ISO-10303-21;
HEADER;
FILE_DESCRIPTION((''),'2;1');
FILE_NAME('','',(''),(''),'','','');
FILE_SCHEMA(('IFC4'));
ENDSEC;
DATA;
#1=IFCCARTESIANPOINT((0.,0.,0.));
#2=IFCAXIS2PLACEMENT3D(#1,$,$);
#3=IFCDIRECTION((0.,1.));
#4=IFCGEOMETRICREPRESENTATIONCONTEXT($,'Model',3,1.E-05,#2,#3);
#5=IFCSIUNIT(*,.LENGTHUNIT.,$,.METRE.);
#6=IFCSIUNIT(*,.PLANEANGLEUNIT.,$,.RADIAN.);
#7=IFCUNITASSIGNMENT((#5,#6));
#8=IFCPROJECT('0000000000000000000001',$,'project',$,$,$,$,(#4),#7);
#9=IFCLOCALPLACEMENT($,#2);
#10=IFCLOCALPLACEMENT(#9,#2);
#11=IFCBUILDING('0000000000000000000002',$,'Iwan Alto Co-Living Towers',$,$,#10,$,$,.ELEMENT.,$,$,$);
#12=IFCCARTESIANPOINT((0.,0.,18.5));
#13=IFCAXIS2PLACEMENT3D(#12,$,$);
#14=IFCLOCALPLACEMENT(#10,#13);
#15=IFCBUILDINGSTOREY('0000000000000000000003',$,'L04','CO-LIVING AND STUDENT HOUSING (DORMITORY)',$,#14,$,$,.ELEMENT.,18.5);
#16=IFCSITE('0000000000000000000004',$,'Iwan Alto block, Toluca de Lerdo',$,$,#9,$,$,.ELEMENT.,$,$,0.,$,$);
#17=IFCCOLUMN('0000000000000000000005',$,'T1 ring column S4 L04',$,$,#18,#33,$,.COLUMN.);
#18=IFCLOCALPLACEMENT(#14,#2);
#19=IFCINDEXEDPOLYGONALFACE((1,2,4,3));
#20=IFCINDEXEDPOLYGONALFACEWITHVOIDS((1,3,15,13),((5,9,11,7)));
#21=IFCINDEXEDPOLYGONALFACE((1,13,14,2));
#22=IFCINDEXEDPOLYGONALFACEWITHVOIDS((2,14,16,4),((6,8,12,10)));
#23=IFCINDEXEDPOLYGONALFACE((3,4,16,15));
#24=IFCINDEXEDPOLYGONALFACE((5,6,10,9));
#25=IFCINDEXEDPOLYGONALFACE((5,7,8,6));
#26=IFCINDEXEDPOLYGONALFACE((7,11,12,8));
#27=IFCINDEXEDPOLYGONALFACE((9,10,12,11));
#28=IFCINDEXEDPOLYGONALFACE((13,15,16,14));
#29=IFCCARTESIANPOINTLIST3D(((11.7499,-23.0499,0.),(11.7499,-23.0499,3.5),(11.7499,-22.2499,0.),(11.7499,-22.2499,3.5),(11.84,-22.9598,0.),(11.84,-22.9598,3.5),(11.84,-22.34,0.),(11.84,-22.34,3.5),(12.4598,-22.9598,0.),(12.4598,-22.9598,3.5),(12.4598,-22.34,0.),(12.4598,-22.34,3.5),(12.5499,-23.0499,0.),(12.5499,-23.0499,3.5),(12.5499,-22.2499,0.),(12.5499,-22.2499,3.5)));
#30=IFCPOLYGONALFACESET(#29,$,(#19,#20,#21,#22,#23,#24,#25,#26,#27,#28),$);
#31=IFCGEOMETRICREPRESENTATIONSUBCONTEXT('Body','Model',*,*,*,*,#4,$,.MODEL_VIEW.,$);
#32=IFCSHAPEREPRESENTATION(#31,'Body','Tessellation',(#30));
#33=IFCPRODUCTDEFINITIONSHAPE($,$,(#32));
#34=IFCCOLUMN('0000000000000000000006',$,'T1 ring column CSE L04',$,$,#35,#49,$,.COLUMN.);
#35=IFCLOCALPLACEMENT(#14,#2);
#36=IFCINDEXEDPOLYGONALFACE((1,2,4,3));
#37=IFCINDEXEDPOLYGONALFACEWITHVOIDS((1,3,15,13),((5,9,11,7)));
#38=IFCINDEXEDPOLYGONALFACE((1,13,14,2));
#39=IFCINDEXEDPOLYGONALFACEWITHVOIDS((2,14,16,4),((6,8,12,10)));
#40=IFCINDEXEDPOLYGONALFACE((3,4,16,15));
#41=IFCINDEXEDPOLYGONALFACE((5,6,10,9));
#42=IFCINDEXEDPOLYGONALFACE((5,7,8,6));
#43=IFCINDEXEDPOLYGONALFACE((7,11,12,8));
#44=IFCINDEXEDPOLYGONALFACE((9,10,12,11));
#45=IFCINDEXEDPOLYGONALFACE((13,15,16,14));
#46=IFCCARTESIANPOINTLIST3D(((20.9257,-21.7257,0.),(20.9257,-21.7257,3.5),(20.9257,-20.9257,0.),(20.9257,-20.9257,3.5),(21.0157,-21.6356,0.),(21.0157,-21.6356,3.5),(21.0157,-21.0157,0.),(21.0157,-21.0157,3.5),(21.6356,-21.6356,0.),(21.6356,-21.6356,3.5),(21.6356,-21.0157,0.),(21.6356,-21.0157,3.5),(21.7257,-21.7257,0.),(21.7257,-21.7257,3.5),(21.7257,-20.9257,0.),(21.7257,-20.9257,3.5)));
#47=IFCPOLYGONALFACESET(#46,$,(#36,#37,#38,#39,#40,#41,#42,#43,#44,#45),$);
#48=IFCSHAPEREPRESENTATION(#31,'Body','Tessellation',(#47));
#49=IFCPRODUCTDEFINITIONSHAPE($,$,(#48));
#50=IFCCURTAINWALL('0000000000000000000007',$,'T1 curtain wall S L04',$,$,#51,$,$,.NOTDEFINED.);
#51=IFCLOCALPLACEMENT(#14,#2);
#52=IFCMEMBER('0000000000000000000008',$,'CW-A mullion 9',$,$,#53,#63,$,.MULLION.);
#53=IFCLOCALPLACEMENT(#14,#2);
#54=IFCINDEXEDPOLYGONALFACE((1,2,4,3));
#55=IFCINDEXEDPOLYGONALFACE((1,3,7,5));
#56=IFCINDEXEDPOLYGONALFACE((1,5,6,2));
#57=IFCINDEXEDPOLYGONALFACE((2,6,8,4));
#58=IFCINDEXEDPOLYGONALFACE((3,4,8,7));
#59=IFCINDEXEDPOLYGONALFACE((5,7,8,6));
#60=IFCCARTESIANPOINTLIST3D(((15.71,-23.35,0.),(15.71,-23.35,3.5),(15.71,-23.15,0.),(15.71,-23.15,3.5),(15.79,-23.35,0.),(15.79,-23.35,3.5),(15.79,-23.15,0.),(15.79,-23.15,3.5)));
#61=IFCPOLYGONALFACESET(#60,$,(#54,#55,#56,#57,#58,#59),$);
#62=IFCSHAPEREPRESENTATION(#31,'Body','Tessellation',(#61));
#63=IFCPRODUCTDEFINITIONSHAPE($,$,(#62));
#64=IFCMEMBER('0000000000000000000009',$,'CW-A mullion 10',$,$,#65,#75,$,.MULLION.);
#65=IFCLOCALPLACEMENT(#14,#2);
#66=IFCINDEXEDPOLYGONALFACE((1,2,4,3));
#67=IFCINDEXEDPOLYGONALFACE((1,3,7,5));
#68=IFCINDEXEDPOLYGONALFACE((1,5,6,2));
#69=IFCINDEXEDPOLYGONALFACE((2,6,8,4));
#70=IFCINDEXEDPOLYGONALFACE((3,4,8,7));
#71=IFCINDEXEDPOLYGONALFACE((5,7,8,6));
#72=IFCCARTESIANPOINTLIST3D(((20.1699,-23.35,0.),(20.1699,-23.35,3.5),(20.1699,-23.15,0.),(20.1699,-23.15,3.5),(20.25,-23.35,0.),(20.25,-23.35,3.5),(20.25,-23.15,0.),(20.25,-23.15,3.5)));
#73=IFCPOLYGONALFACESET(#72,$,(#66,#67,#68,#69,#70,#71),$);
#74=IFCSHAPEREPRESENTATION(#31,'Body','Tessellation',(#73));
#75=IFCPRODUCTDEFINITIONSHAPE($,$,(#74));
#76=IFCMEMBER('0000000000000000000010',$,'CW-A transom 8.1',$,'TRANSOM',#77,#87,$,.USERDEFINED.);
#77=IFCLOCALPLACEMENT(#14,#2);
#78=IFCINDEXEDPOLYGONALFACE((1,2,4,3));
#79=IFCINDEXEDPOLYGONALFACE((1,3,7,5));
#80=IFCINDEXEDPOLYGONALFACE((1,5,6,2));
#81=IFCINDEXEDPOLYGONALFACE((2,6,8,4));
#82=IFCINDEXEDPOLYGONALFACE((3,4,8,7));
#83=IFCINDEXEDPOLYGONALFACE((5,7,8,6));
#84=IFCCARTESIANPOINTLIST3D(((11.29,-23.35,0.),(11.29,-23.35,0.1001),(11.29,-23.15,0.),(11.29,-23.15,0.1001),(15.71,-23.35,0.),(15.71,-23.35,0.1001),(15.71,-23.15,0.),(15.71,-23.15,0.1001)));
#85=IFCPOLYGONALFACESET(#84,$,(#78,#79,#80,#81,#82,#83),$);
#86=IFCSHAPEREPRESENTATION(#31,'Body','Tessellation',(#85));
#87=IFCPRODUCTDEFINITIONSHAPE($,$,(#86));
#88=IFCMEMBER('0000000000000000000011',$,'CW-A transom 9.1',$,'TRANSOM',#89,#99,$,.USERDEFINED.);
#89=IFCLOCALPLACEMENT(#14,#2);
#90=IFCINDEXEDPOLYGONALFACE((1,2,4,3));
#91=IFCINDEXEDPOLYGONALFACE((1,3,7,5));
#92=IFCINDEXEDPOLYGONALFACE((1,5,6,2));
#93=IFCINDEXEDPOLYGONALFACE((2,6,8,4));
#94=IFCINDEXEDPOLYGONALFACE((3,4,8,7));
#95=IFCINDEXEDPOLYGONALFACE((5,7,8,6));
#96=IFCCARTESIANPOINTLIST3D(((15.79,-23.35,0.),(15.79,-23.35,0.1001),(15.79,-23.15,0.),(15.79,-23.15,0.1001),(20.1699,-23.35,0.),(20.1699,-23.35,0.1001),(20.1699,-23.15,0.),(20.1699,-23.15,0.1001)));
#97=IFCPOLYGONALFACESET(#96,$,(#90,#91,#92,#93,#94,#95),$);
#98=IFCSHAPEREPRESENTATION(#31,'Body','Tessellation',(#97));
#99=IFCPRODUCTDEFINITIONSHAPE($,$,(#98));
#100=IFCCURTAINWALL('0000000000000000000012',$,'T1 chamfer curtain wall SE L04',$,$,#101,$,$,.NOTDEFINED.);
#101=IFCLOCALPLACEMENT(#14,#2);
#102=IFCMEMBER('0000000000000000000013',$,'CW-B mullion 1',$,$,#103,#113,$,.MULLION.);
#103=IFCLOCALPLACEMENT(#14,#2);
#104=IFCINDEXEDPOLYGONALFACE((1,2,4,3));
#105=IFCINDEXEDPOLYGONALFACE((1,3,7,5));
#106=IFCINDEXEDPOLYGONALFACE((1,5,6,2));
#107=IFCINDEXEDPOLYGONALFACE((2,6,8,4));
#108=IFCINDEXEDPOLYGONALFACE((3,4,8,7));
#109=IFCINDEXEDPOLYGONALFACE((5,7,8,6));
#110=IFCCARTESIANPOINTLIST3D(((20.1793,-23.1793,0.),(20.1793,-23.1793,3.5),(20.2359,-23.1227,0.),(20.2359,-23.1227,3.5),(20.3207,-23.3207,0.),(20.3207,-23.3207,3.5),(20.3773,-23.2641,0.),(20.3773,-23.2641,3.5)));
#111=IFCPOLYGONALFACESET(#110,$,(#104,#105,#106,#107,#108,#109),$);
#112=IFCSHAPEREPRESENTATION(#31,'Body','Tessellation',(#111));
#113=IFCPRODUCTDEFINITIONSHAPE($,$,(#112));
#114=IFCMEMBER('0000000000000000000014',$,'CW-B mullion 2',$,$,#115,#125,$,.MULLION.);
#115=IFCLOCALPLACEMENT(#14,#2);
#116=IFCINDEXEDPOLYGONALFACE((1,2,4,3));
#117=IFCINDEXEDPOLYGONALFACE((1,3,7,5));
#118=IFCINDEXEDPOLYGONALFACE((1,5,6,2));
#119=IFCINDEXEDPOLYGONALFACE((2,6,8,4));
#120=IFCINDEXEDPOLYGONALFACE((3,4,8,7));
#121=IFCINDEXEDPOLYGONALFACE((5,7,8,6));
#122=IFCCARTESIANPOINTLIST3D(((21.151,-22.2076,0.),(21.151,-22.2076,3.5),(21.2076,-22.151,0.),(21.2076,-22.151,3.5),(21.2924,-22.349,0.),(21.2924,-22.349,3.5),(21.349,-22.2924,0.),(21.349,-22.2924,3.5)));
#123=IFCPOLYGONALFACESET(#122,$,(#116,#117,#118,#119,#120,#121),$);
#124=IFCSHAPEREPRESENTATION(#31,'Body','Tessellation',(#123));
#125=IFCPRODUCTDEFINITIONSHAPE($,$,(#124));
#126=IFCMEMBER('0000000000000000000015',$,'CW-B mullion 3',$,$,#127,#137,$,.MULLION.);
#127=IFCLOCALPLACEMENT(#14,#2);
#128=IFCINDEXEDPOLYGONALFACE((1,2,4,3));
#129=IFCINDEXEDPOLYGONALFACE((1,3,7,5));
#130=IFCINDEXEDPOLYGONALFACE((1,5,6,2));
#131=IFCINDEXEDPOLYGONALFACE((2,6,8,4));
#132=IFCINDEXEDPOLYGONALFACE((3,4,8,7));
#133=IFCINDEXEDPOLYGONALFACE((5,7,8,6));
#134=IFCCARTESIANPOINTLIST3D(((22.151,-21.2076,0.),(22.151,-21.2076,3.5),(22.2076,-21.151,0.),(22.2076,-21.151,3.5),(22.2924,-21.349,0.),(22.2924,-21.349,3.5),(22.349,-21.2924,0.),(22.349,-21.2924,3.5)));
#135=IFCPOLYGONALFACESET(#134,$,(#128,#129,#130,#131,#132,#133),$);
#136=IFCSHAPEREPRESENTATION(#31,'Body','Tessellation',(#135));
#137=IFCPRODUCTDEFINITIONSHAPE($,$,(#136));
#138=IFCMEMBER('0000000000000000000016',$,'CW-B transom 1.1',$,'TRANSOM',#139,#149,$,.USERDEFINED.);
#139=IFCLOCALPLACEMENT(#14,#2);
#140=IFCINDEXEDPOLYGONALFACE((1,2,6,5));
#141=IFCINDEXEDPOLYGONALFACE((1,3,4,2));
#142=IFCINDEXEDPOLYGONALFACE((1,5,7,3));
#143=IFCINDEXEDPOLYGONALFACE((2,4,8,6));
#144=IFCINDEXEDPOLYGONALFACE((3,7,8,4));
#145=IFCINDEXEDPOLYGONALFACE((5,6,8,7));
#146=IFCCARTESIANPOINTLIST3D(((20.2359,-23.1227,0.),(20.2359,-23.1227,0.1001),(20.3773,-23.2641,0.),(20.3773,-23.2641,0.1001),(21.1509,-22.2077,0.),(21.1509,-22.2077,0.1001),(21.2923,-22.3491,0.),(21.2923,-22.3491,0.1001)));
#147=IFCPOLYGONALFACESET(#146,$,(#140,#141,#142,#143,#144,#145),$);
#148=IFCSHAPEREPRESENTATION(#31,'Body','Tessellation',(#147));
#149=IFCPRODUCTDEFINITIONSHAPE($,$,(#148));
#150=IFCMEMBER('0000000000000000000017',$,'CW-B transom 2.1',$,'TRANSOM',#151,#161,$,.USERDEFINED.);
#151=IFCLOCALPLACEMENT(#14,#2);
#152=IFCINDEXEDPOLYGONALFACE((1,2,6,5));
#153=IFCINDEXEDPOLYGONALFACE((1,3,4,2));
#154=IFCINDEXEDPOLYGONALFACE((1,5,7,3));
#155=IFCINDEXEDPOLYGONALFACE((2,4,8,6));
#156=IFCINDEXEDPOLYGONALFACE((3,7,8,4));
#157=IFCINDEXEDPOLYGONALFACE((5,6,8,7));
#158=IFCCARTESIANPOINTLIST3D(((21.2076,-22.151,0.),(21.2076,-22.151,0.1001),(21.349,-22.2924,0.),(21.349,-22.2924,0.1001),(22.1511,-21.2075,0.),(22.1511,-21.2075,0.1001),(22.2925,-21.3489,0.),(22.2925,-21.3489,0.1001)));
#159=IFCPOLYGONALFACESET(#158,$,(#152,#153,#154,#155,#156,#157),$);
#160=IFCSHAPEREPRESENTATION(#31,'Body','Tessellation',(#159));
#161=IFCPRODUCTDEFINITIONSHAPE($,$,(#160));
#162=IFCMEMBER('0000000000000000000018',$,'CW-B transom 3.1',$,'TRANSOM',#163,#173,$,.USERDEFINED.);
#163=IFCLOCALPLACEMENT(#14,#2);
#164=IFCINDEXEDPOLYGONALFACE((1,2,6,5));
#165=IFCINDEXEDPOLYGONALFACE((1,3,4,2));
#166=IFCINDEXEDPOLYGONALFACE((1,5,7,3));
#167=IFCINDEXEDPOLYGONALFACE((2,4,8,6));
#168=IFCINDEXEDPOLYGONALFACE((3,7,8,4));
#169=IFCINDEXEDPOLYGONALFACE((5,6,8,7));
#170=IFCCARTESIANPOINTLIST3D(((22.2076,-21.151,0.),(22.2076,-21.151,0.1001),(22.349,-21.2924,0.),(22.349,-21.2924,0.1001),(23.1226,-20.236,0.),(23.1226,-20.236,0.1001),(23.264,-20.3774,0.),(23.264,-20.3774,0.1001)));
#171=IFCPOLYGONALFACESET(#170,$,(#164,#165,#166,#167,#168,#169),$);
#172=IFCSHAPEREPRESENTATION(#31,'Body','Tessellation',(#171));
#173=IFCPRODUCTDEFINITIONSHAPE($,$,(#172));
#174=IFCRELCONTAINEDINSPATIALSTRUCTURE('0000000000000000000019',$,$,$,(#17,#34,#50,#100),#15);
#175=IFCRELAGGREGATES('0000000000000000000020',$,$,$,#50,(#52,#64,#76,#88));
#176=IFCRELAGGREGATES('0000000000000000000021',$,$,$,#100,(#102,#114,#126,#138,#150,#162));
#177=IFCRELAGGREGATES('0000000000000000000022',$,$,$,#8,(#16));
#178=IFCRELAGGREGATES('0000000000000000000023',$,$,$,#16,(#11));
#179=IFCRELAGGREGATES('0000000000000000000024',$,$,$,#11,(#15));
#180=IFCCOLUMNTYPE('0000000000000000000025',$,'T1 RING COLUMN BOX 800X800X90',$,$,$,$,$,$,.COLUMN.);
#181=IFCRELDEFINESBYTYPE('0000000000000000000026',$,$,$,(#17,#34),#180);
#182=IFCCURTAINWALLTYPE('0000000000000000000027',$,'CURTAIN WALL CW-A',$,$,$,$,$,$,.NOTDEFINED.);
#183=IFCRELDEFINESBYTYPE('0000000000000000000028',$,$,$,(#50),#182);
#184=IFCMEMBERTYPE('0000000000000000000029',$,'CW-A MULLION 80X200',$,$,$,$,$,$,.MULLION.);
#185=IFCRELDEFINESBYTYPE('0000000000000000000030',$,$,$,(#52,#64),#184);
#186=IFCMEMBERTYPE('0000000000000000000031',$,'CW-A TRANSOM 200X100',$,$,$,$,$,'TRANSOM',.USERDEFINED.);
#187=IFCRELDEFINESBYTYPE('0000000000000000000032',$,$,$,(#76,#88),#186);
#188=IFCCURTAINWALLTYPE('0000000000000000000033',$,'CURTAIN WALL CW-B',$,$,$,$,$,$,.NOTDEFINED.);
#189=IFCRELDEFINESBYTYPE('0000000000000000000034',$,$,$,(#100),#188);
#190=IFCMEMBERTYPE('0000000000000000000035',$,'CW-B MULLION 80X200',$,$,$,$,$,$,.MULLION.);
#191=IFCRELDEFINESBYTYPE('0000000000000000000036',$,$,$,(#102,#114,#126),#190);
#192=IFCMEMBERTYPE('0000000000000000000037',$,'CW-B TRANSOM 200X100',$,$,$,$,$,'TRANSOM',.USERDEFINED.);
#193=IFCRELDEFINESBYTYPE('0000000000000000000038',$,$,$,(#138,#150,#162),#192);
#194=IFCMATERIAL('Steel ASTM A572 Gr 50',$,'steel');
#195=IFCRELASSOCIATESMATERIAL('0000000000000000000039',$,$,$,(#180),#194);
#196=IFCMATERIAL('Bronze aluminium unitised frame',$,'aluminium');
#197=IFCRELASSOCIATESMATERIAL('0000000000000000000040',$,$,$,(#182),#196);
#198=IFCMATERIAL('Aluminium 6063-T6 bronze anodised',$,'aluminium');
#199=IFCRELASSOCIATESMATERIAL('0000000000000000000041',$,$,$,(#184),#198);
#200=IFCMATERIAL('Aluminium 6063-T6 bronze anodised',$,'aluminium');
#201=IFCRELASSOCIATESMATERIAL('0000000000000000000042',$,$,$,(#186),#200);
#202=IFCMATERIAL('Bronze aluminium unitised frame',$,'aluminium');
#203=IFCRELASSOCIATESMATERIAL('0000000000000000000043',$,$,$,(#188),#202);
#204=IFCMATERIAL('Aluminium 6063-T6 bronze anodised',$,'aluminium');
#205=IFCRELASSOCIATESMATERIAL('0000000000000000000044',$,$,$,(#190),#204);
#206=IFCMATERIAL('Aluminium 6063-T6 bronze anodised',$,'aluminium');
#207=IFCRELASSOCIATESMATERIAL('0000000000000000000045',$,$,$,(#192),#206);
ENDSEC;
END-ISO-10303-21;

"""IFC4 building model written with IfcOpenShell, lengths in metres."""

from ifc_helpers import new_model, si_unit, direction, frame, origin, origin_2d, place, context, subcontext, project, spatial, rectangle, hollow_rectangle, extrude, material, material_profile, profile_set, type_object, element, aggregate, save


model = new_model("IFC4")

# Units and contexts
model_context = context("Model", 3, precision=1e-05, world=origin(), true_north=direction((0.0, 1.0)))
body_context = subcontext(model_context, "Body", "Model", "MODEL_VIEW")
ifc_project = project(units=[si_unit("LENGTHUNIT", "METRE"), si_unit("PLANEANGLEUNIT", "RADIAN")], contexts=[model_context])

# Site, building, storey
site_placement = place(None, origin())
site = spatial("IfcSite", under=ifc_project, at=site_placement, Name="Iwan Alto block, Toluca de Lerdo", CompositionType="ELEMENT", RefElevation=0.0)
building_placement = place(site_placement, origin())
building = spatial("IfcBuilding", under=site, at=building_placement, Name="Iwan Alto Co-Living Towers", CompositionType="ELEMENT")
storey_placement = place(building_placement, frame((0.0, 0.0, 18.5)))
storey = spatial("IfcBuildingStorey", under=building, at=storey_placement, Name="L04", Description="CO-LIVING AND STUDENT HOUSING (DORMITORY)", CompositionType="ELEMENT", Elevation=18.5)

# Columns
ifc_material_1 = material(Name="Steel ASTM A572 Gr 50", Category="steel")
ifc_material_profile_1 = material_profile(ifc_material_1, hollow_rectangle(XDim=0.8, YDim=0.8, WallThickness=0.0901, at=origin_2d()), Name="BOX 800X800X90")
ifc_profile_set_1 = profile_set([ifc_material_profile_1], Name="Steel ASTM A572 Gr 50")
column_type = type_object("IfcColumnType", Name="T1 RING COLUMN BOX 800X800X90", PredefinedType="COLUMN", material=ifc_profile_set_1)
for number, where, z_axis, x_axis, name in (
    (1, (12.1499, -22.6499, 0.0), (0.0, 0.0, 1.0), (1.0, 0.0, 0.0), "T1 ring column S4 L04"),
    (2, (21.3257, -21.3257, 0.0), (0.0, 0.0, 1.0), (1.0, 0.0, 0.0), "T1 ring column CSE L04"),
):
    element("IfcColumn", number, at=place(storey_placement, frame(where, z_axis=z_axis, x_axis=x_axis)), inside=storey, type_object=column_type, Name=name, PredefinedType="COLUMN", context=body_context, shape_type="SweptSolid", body=[
        extrude(hollow_rectangle(XDim=0.8, YDim=0.8, WallThickness=0.0901, at=origin_2d()), origin(), (0.0, 0.0, 1.0), 3.5),
    ])

# Curtain walls, members
ifc_material_2 = material(Name="Bronze aluminium unitised frame", Category="aluminium")
curtain_wall_type_1 = type_object("IfcCurtainWallType", Name="CURTAIN WALL CW-A", PredefinedType="NOTDEFINED", material=ifc_material_2)
curtain_wall_1_placement = place(storey_placement, origin())
curtain_wall_1 = element("IfcCurtainWall", 3, at=curtain_wall_1_placement, inside=storey, type_object=curtain_wall_type_1, Name="T1 curtain wall S L04", PredefinedType="NOTDEFINED")
ifc_material_3 = material(Name="Aluminium 6063-T6 bronze anodised", Category="aluminium")
ifc_material_profile_2 = material_profile(ifc_material_3, rectangle(XDim=0.2, YDim=0.0801, at=origin_2d()), Name="AL 80X200")
ifc_profile_set_2 = profile_set([ifc_material_profile_2], Name="Aluminium 6063-T6 bronze anodised")
member_type_1 = type_object("IfcMemberType", Name="CW-A MULLION 80X200", PredefinedType="MULLION", material=ifc_profile_set_2)
member_1_placement = place(storey_placement, frame((15.75, -23.25, 0.0), z_axis=(0.0, 0.0, 1.0), x_axis=(0.0, 1.0, 0.0)))
member_1 = element("IfcMember", 4, at=member_1_placement, type_object=member_type_1, Name="CW-A mullion 9", PredefinedType="MULLION", context=body_context, shape_type="SweptSolid", body=[
    extrude(rectangle(XDim=0.2, YDim=0.0801, at=origin_2d()), origin(), (0.0, 0.0, 1.0), 3.5),
])
member_2_placement = place(storey_placement, frame((20.21, -23.25, 0.0), z_axis=(0.0, 0.0, 1.0), x_axis=(0.0, 1.0, 0.0)))
member_2 = element("IfcMember", 5, at=member_2_placement, type_object=member_type_1, Name="CW-A mullion 10", PredefinedType="MULLION", context=body_context, shape_type="SweptSolid", body=[
    extrude(rectangle(XDim=0.2, YDim=0.0801, at=origin_2d()), origin(), (0.0, 0.0, 1.0), 3.5),
])
ifc_material_4 = material(Name="Aluminium 6063-T6 bronze anodised", Category="aluminium")
ifc_material_profile_3 = material_profile(ifc_material_4, rectangle(XDim=0.2, YDim=0.1001, at=origin_2d()), Name="AL 200X100")
ifc_profile_set_3 = profile_set([ifc_material_profile_3], Name="Aluminium 6063-T6 bronze anodised")
member_type_2 = type_object("IfcMemberType", Name="CW-A TRANSOM 200X100", ElementType="TRANSOM", PredefinedType="USERDEFINED", material=ifc_profile_set_3)
member_3_placement = place(storey_placement, frame((11.29, -23.25, 0.05), z_axis=(1.0, 0.0, 0.0), x_axis=(0.0, 1.0, 0.0)))
member_3 = element("IfcMember", 6, at=member_3_placement, type_object=member_type_2, Name="CW-A transom 8.1", ObjectType="TRANSOM", PredefinedType="USERDEFINED", context=body_context, shape_type="SweptSolid", body=[
    extrude(rectangle(XDim=0.2, YDim=0.1001, at=origin_2d()), origin(), (0.0, 0.0, 1.0), 4.4199),
])
member_4_placement = place(storey_placement, frame((15.79, -23.25, 0.05), z_axis=(1.0, 0.0, 0.0), x_axis=(0.0, 1.0, 0.0)))
member_4 = element("IfcMember", 7, at=member_4_placement, type_object=member_type_2, Name="CW-A transom 9.1", ObjectType="TRANSOM", PredefinedType="USERDEFINED", context=body_context, shape_type="SweptSolid", body=[
    extrude(rectangle(XDim=0.2, YDim=0.1001, at=origin_2d()), origin(), (0.0, 0.0, 1.0), 4.3799),
])
ifc_material_5 = material(Name="Bronze aluminium unitised frame", Category="aluminium")
curtain_wall_type_2 = type_object("IfcCurtainWallType", Name="CURTAIN WALL CW-B", PredefinedType="NOTDEFINED", material=ifc_material_5)
curtain_wall_2_placement = place(storey_placement, origin())
curtain_wall_2 = element("IfcCurtainWall", 8, at=curtain_wall_2_placement, inside=storey, type_object=curtain_wall_type_2, Name="T1 chamfer curtain wall SE L04", PredefinedType="NOTDEFINED")
ifc_material_6 = material(Name="Aluminium 6063-T6 bronze anodised", Category="aluminium")
ifc_material_profile_4 = material_profile(ifc_material_6, rectangle(XDim=0.2, YDim=0.0801, at=origin_2d()), Name="AL 80X200")
ifc_profile_set_4 = profile_set([ifc_material_profile_4], Name="Aluminium 6063-T6 bronze anodised")
member_type_3 = type_object("IfcMemberType", Name="CW-B MULLION 80X200", PredefinedType="MULLION", material=ifc_profile_set_4)
member_5_placement = place(storey_placement, frame((20.2783, -23.2217, 0.0), z_axis=(0.0, 0.0, 1.0), x_axis=(-0.707107, 0.707107, 0.0)))
member_5 = element("IfcMember", 9, at=member_5_placement, type_object=member_type_3, Name="CW-B mullion 1", PredefinedType="MULLION", context=body_context, shape_type="SweptSolid", body=[
    extrude(rectangle(XDim=0.2, YDim=0.0801, at=origin_2d()), origin(), (0.0, 0.0, 1.0), 3.5),
])
member_6_placement = place(storey_placement, frame((21.25, -22.25, 0.0), z_axis=(0.0, 0.0, 1.0), x_axis=(-0.707107, 0.707107, 0.0)))
member_6 = element("IfcMember", 10, at=member_6_placement, type_object=member_type_3, Name="CW-B mullion 2", PredefinedType="MULLION", context=body_context, shape_type="SweptSolid", body=[
    extrude(rectangle(XDim=0.2, YDim=0.0801, at=origin_2d()), origin(), (0.0, 0.0, 1.0), 3.5),
])
member_7_placement = place(storey_placement, frame((22.25, -21.25, 0.0), z_axis=(0.0, 0.0, 1.0), x_axis=(-0.707107, 0.707107, 0.0)))
member_7 = element("IfcMember", 11, at=member_7_placement, type_object=member_type_3, Name="CW-B mullion 3", PredefinedType="MULLION", context=body_context, shape_type="SweptSolid", body=[
    extrude(rectangle(XDim=0.2, YDim=0.0801, at=origin_2d()), origin(), (0.0, 0.0, 1.0), 3.5),
])
ifc_material_7 = material(Name="Aluminium 6063-T6 bronze anodised", Category="aluminium")
ifc_material_profile_5 = material_profile(ifc_material_7, rectangle(XDim=0.2, YDim=0.1001, at=origin_2d()), Name="AL 200X100")
ifc_profile_set_5 = profile_set([ifc_material_profile_5], Name="Aluminium 6063-T6 bronze anodised")
member_type_4 = type_object("IfcMemberType", Name="CW-B TRANSOM 200X100", ElementType="TRANSOM", PredefinedType="USERDEFINED", material=ifc_profile_set_5)
member_8_placement = place(storey_placement, frame((20.3066, -23.1934, 0.05), z_axis=(0.707107, 0.707107, 0.0), x_axis=(-0.707107, 0.707107, 0.0)))
member_8 = element("IfcMember", 12, at=member_8_placement, type_object=member_type_4, Name="CW-B transom 1.1", ObjectType="TRANSOM", PredefinedType="USERDEFINED", context=body_context, shape_type="SweptSolid", body=[
    extrude(rectangle(XDim=0.2, YDim=0.1001, at=origin_2d()), origin(), (0.0, 0.0, 1.0), 1.2939),
])
member_9_placement = place(storey_placement, frame((21.2783, -22.2217, 0.05), z_axis=(0.707107, 0.707107, 0.0), x_axis=(-0.707107, 0.707107, 0.0)))
member_9 = element("IfcMember", 13, at=member_9_placement, type_object=member_type_4, Name="CW-B transom 2.1", ObjectType="TRANSOM", PredefinedType="USERDEFINED", context=body_context, shape_type="SweptSolid", body=[
    extrude(rectangle(XDim=0.2, YDim=0.1001, at=origin_2d()), origin(), (0.0, 0.0, 1.0), 1.3342),
])
member_10_placement = place(storey_placement, frame((22.2783, -21.2217, 0.05), z_axis=(0.707107, 0.707107, 0.0), x_axis=(-0.707107, 0.707107, 0.0)))
member_10 = element("IfcMember", 14, at=member_10_placement, type_object=member_type_4, Name="CW-B transom 3.1", ObjectType="TRANSOM", PredefinedType="USERDEFINED", context=body_context, shape_type="SweptSolid", body=[
    extrude(rectangle(XDim=0.2, YDim=0.1001, at=origin_2d()), origin(), (0.0, 0.0, 1.0), 1.2939),
])

aggregate(curtain_wall_1, [member_1, member_2, member_3, member_4])
aggregate(curtain_wall_2, [member_5, member_6, member_7, member_8, member_9, member_10])

save(model, "model.ifc")
